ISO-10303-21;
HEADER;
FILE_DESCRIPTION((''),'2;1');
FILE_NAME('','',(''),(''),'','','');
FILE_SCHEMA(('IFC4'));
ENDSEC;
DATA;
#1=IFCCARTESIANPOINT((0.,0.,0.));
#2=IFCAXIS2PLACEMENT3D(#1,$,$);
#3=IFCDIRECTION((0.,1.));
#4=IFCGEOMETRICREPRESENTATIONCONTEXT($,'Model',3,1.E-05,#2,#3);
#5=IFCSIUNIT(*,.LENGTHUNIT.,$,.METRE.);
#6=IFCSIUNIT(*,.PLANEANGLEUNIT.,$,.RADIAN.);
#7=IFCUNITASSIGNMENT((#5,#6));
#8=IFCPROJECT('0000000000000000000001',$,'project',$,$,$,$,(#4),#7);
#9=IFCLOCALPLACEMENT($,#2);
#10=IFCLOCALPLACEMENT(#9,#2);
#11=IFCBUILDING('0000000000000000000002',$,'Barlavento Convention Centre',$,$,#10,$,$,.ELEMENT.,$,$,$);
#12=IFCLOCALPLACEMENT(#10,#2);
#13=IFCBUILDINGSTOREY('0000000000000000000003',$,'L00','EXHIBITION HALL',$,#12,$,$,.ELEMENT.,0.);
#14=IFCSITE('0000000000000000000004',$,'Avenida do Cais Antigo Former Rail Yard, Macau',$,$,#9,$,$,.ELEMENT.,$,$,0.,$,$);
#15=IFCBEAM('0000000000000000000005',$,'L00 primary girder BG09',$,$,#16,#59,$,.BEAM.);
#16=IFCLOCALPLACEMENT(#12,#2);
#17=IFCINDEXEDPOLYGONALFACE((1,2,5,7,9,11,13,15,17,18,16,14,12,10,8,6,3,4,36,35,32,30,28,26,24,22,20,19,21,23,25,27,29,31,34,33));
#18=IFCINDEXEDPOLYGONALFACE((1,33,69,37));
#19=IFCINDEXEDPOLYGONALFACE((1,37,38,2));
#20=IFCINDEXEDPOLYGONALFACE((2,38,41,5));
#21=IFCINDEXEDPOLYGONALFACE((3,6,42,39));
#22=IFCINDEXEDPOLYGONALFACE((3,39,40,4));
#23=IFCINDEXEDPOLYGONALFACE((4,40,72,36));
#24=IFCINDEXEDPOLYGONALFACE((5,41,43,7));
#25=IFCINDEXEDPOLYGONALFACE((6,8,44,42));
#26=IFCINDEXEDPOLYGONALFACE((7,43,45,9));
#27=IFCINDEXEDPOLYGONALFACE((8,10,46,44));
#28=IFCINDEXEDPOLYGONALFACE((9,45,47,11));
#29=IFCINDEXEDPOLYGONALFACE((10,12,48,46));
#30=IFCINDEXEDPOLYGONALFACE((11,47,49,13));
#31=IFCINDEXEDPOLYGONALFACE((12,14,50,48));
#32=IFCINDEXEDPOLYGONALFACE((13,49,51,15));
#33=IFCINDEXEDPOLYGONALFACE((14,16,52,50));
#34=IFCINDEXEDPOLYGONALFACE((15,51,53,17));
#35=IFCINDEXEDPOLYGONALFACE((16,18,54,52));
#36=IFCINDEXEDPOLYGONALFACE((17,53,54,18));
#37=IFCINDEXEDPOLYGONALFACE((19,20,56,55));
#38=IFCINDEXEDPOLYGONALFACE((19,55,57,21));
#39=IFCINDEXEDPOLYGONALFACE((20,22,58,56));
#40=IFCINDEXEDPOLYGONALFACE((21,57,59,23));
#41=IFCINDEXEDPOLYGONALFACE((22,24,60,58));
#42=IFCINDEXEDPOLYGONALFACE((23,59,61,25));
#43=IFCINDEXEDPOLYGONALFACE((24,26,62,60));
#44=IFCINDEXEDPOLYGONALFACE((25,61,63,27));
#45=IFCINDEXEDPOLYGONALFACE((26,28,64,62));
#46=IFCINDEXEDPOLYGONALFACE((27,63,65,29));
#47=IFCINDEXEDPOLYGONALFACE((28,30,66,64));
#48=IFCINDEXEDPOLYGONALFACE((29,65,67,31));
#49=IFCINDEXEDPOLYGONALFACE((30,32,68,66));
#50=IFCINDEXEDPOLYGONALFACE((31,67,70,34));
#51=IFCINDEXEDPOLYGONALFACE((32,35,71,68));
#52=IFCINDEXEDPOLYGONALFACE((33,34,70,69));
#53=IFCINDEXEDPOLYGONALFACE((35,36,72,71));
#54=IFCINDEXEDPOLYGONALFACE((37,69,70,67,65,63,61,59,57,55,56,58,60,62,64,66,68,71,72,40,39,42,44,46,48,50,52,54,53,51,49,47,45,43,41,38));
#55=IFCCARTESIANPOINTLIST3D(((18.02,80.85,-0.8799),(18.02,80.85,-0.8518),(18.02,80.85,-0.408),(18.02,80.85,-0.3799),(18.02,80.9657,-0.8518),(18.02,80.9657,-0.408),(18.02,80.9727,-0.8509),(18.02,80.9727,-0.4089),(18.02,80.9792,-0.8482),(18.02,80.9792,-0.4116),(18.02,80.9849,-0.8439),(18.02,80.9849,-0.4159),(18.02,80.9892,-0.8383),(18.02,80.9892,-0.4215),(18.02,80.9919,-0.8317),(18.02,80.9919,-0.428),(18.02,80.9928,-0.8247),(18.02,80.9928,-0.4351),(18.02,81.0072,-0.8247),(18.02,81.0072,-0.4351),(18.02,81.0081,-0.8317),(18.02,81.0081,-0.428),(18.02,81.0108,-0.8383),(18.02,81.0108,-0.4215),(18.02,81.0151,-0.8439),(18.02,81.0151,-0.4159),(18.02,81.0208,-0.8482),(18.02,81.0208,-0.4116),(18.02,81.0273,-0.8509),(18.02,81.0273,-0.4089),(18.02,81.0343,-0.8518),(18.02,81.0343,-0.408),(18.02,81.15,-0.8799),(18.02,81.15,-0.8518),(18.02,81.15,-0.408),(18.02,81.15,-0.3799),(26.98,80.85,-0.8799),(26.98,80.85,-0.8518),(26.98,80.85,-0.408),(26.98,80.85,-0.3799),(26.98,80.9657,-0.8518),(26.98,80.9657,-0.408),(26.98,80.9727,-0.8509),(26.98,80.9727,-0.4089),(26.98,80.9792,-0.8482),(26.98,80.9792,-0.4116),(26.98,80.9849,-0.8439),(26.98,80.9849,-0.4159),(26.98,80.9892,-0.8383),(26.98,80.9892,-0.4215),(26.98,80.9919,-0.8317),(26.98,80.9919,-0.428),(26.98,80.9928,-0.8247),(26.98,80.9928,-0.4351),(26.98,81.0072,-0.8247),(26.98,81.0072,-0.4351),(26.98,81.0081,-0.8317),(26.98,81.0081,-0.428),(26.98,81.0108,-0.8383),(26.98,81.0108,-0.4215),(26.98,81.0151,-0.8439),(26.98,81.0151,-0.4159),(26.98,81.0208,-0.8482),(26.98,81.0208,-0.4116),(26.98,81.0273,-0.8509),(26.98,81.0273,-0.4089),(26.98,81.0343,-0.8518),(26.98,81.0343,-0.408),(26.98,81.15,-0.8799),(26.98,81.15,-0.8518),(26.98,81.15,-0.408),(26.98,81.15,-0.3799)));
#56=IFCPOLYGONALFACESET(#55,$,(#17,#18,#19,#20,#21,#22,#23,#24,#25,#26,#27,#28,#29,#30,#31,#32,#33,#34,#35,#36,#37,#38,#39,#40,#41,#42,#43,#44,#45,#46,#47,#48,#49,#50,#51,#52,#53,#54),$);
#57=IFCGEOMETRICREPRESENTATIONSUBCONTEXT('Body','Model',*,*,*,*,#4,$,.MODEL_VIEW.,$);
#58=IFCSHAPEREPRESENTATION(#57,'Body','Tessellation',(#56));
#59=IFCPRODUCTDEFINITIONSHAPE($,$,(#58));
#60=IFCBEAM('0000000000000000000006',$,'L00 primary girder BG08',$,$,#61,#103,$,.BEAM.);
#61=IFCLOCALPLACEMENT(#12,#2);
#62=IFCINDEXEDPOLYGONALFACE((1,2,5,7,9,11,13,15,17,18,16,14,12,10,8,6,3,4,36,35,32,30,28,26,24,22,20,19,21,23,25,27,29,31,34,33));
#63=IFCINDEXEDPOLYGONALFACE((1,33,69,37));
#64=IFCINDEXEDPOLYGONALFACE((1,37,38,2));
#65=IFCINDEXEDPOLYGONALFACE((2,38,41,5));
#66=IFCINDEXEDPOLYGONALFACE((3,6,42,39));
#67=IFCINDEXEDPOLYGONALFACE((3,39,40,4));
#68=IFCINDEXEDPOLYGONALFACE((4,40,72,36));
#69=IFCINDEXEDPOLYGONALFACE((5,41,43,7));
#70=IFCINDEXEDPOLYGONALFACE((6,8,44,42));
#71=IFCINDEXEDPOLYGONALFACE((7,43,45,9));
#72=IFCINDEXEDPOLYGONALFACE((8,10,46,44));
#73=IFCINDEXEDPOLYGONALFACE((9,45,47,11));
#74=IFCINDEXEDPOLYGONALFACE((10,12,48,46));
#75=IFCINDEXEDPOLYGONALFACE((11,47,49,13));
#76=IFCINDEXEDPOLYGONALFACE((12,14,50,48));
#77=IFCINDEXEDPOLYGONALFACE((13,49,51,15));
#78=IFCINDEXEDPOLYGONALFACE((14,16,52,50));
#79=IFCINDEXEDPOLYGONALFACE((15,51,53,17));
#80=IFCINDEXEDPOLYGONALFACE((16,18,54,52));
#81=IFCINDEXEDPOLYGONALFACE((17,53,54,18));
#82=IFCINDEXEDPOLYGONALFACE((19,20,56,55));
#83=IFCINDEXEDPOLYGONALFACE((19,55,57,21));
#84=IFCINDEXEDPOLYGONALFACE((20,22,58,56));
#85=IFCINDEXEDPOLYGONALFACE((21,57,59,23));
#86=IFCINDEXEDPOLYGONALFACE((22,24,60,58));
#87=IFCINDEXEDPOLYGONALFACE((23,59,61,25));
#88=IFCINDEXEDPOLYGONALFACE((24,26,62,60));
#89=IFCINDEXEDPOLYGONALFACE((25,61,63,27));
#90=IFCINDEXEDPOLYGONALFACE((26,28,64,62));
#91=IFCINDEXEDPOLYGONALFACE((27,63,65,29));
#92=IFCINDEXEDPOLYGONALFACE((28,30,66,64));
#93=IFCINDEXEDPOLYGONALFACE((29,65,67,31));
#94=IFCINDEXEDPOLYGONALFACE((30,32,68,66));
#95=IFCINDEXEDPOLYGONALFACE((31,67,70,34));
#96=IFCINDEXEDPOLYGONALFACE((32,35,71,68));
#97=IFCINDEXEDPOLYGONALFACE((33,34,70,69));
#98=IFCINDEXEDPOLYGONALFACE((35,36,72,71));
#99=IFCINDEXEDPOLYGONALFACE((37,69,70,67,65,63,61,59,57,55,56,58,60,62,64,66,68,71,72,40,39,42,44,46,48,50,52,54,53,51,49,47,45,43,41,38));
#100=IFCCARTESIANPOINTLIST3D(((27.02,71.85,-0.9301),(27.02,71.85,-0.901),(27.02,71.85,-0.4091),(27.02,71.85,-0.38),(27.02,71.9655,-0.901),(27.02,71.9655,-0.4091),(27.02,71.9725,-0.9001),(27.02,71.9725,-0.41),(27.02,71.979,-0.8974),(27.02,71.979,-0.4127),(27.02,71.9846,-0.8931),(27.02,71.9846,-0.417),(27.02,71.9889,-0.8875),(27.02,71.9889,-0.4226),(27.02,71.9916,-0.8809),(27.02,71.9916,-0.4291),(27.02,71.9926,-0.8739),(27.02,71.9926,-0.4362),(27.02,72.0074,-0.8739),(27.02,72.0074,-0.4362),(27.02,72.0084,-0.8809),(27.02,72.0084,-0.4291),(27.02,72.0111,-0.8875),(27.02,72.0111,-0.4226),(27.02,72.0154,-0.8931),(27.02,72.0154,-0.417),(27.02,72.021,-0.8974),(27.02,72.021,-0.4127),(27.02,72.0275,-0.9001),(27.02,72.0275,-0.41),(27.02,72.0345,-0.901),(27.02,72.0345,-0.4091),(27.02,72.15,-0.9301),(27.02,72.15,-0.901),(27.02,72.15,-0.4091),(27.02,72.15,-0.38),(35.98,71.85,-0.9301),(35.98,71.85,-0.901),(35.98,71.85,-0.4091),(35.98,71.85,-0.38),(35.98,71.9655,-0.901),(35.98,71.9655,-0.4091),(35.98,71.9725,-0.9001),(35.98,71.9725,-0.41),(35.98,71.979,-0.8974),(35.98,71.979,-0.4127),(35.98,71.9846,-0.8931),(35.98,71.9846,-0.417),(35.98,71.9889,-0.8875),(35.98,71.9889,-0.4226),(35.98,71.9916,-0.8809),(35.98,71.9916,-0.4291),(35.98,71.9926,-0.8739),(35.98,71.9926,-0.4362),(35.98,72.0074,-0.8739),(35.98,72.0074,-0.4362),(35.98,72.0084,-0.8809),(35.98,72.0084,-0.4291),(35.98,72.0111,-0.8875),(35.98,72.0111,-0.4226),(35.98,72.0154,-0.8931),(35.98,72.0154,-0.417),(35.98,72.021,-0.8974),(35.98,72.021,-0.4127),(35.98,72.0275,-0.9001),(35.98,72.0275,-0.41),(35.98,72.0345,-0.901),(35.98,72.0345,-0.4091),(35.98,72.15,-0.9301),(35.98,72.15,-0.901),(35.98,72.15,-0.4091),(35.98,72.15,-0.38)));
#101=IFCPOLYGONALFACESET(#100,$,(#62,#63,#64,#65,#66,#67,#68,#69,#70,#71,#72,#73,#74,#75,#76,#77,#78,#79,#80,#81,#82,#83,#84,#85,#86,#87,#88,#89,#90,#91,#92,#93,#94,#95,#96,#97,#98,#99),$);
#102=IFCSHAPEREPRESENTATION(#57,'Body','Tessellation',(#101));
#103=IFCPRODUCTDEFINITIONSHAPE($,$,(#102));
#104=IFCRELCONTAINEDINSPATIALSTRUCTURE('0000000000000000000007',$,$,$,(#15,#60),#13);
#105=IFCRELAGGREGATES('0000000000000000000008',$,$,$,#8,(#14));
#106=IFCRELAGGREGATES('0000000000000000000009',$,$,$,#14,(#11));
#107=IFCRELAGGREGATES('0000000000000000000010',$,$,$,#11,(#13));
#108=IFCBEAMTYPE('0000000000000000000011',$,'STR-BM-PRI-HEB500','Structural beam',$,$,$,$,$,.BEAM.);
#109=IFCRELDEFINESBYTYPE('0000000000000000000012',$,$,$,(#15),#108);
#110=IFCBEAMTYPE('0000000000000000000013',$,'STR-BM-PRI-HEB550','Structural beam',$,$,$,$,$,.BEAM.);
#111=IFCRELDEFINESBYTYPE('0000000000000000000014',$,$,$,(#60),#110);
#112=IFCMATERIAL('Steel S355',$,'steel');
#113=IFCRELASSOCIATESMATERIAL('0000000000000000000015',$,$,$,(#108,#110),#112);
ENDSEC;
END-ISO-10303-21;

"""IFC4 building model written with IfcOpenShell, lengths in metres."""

from ifc_helpers import new_model, si_unit, direction, frame, origin, origin_2d, place, context, subcontext, project, spatial, i_section, extrude, material, material_profile, profile_set, type_object, element, save


model = new_model("IFC4")

# Units and contexts
model_context = context("Model", 3, precision=1e-05, world=origin(), true_north=direction((0.0, 1.0)))
body_context = subcontext(model_context, "Body", "Model", "MODEL_VIEW")
ifc_project = project(units=[si_unit("LENGTHUNIT", "METRE"), si_unit("PLANEANGLEUNIT", "RADIAN")], contexts=[model_context])

# Site, building, storey
site_placement = place(None, origin())
site = spatial("IfcSite", under=ifc_project, at=site_placement, Name="Avenida do Cais Antigo Former Rail Yard, Macau", CompositionType="ELEMENT", RefElevation=0.0)
building_placement = place(site_placement, origin())
building = spatial("IfcBuilding", under=site, at=building_placement, Name="Barlavento Convention Centre", CompositionType="ELEMENT")
storey_placement = place(building_placement, origin())
storey = spatial("IfcBuildingStorey", under=building, at=storey_placement, Name="L00", Description="EXHIBITION HALL", CompositionType="ELEMENT", Elevation=0.0)

# Beams
ifc_material = material(Name="Steel S355", Category="steel")
ifc_material_profile_1 = material_profile(ifc_material, i_section(OverallWidth=0.3, OverallDepth=0.5, WebThickness=0.0144, FlangeThickness=0.0281, FilletRadius=0.0271, at=origin_2d()), Name="HEB 500")
ifc_profile_set_1 = profile_set([ifc_material_profile_1], Name="Steel S355")
beam_type_1 = type_object("IfcBeamType", Name="STR-BM-PRI-HEB500", Description="Structural beam", PredefinedType="BEAM", material=ifc_profile_set_1)
for number, where, z_axis, x_axis, name in (
    (1, (18.02, 81.0, -0.6299), (1.0, 0.0, 0.0), (0.0, 1.0, 0.0), "L00 primary girder BG09"),
):
    element("IfcBeam", number, at=place(storey_placement, frame(where, z_axis=z_axis, x_axis=x_axis)), inside=storey, type_object=beam_type_1, Name=name, PredefinedType="BEAM", context=body_context, shape_type="SweptSolid", body=[
        extrude(i_section(OverallWidth=0.3, OverallDepth=0.5, WebThickness=0.0144, FlangeThickness=0.0281, FilletRadius=0.0271, at=origin_2d()), origin(), (0.0, 0.0, 1.0), 8.96),
    ])
ifc_material_profile_2 = material_profile(ifc_material, i_section(OverallWidth=0.3, OverallDepth=0.55, WebThickness=0.0149, FlangeThickness=0.0291, FilletRadius=0.0271, at=origin_2d()), Name="HEB 550")
ifc_profile_set_2 = profile_set([ifc_material_profile_2], Name="Steel S355")
beam_type_2 = type_object("IfcBeamType", Name="STR-BM-PRI-HEB550", Description="Structural beam", PredefinedType="BEAM", material=ifc_profile_set_2)
beam_1_placement = place(storey_placement, frame((27.02, 72.0, -0.655), z_axis=(1.0, 0.0, 0.0), x_axis=(0.0, 1.0, 0.0)))
element("IfcBeam", 2, at=beam_1_placement, inside=storey, type_object=beam_type_2, Name="L00 primary girder BG08", PredefinedType="BEAM", context=body_context, shape_type="SweptSolid", body=[
    extrude(i_section(OverallWidth=0.3, OverallDepth=0.55, WebThickness=0.0149, FlangeThickness=0.0291, FilletRadius=0.0271, at=origin_2d()), origin(), (0.0, 0.0, 1.0), 8.96),
])

save(model, "model.ifc")
